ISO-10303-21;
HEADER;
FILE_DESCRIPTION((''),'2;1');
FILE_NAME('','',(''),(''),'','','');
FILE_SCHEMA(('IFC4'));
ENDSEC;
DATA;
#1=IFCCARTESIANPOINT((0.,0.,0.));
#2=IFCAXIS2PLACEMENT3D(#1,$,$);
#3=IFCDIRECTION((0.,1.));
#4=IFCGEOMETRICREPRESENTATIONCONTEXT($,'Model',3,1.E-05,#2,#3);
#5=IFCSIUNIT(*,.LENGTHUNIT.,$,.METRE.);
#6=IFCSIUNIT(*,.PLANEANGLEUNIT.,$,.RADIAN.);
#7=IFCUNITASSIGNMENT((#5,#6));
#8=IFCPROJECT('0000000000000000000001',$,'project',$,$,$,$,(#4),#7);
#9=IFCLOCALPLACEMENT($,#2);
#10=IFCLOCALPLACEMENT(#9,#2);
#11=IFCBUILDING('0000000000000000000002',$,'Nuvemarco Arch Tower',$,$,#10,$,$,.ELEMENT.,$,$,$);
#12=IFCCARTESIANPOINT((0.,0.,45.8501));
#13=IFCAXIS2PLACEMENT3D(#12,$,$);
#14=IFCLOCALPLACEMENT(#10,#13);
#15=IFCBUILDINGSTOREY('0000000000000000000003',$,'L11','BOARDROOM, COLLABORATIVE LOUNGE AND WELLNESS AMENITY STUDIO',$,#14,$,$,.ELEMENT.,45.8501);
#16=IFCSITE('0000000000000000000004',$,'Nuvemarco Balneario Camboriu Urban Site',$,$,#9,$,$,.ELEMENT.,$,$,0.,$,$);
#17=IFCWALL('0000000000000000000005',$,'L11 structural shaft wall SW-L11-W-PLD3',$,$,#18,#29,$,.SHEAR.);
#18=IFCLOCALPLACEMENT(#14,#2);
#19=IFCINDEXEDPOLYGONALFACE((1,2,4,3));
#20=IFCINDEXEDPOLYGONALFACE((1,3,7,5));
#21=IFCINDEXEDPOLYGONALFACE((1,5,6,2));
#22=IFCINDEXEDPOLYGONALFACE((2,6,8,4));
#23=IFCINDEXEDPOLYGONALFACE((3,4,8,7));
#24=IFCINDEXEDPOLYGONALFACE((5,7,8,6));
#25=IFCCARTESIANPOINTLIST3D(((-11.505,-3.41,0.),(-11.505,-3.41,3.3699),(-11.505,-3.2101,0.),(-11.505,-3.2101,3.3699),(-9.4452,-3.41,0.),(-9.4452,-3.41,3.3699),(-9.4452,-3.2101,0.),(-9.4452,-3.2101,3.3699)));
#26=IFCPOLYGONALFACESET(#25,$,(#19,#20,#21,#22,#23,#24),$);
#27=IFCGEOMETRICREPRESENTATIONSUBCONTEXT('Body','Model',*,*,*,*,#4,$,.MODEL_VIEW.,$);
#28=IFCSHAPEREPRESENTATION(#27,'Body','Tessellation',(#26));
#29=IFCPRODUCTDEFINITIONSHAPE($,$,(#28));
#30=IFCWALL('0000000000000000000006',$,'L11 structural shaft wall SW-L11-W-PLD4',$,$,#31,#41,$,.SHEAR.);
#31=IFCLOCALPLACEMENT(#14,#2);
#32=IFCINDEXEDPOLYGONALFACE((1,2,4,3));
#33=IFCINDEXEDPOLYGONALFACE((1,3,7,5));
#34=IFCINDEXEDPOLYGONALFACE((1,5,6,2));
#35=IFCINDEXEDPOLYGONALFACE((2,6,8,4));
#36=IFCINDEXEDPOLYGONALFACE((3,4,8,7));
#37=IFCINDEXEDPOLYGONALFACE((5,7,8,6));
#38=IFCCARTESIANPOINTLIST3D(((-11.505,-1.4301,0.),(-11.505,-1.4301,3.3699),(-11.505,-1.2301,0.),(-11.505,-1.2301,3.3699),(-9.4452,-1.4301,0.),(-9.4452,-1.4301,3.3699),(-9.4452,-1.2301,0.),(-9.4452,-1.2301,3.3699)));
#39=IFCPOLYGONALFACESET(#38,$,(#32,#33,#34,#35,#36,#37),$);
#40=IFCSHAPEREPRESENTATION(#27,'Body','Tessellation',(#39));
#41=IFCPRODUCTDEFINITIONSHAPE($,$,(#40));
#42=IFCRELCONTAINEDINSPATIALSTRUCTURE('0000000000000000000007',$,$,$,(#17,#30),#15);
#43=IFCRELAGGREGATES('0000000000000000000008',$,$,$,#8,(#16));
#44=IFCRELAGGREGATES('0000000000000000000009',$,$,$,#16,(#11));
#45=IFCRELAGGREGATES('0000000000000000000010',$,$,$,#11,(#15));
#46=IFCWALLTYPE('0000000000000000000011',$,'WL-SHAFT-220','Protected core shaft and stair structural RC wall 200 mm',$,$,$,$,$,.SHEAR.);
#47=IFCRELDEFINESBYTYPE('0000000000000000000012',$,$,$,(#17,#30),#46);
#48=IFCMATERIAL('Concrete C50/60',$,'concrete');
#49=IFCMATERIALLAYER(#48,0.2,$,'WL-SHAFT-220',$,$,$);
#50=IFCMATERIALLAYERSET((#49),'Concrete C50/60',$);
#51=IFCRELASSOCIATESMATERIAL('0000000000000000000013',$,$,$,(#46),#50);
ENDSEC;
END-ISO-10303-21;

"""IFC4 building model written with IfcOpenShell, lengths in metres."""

from ifc_helpers import new_model, si_unit, direction, frame, frame_2d, origin, place, context, subcontext, project, spatial, rectangle, extrude, material, layer, layer_set, type_object, element, save


model = new_model("IFC4")

# Units and contexts
model_context = context("Model", 3, precision=1e-05, world=origin(), true_north=direction((0.0, 1.0)))
body_context = subcontext(model_context, "Body", "Model", "MODEL_VIEW")
ifc_project = project(units=[si_unit("LENGTHUNIT", "METRE"), si_unit("PLANEANGLEUNIT", "RADIAN")], contexts=[model_context])

# Site, building, storey
site_placement = place(None, origin())
site = spatial("IfcSite", under=ifc_project, at=site_placement, Name="Nuvemarco Balneario Camboriu Urban Site", CompositionType="ELEMENT", RefElevation=0.0)
building_placement = place(site_placement, origin())
building = spatial("IfcBuilding", under=site, at=building_placement, Name="Nuvemarco Arch Tower", CompositionType="ELEMENT")
storey_placement = place(building_placement, frame((0.0, 0.0, 45.8501)))
storey = spatial("IfcBuildingStorey", under=building, at=storey_placement, Name="L11", Description="BOARDROOM, COLLABORATIVE LOUNGE AND WELLNESS AMENITY STUDIO", CompositionType="ELEMENT", Elevation=45.8501)

# Walls
ifc_material_1 = material(Name="Concrete C50/60", Category="concrete")
ifc_layer_1 = layer(ifc_material_1, 0.2, Name="WL-SHAFT-220")
ifc_layer_set_1 = layer_set([ifc_layer_1], Name="Concrete C50/60")
wall_type_1 = type_object("IfcWallType", Name="WL-SHAFT-220", Description="Protected core shaft and stair structural RC wall 200 mm", PredefinedType="SHEAR", material=ifc_layer_set_1)
for number, where, z_axis, x_axis, name in (
    (1, (-11.5049, -3.3101, 0.0), (0.0, 0.0, 1.0), (1.0, 0.0, 0.0), "L11 structural shaft wall SW-L11-W-PLD3"),
    (2, (-11.5049, -1.3301, 0.0), (0.0, 0.0, 1.0), (1.0, 0.0, 0.0), "L11 structural shaft wall SW-L11-W-PLD4"),
):
    element("IfcWall", number, at=place(storey_placement, frame(where, z_axis=z_axis, x_axis=x_axis)), inside=storey, type_object=wall_type_1, Name=name, PredefinedType="SHEAR", context=body_context, shape_type="SweptSolid", body=[
        extrude(rectangle(XDim=2.0598, YDim=0.2, at=frame_2d((1.0298, 0.0))), origin(), (0.0, 0.0, 1.0), 3.3699),
    ])

save(model, "model.ifc")
